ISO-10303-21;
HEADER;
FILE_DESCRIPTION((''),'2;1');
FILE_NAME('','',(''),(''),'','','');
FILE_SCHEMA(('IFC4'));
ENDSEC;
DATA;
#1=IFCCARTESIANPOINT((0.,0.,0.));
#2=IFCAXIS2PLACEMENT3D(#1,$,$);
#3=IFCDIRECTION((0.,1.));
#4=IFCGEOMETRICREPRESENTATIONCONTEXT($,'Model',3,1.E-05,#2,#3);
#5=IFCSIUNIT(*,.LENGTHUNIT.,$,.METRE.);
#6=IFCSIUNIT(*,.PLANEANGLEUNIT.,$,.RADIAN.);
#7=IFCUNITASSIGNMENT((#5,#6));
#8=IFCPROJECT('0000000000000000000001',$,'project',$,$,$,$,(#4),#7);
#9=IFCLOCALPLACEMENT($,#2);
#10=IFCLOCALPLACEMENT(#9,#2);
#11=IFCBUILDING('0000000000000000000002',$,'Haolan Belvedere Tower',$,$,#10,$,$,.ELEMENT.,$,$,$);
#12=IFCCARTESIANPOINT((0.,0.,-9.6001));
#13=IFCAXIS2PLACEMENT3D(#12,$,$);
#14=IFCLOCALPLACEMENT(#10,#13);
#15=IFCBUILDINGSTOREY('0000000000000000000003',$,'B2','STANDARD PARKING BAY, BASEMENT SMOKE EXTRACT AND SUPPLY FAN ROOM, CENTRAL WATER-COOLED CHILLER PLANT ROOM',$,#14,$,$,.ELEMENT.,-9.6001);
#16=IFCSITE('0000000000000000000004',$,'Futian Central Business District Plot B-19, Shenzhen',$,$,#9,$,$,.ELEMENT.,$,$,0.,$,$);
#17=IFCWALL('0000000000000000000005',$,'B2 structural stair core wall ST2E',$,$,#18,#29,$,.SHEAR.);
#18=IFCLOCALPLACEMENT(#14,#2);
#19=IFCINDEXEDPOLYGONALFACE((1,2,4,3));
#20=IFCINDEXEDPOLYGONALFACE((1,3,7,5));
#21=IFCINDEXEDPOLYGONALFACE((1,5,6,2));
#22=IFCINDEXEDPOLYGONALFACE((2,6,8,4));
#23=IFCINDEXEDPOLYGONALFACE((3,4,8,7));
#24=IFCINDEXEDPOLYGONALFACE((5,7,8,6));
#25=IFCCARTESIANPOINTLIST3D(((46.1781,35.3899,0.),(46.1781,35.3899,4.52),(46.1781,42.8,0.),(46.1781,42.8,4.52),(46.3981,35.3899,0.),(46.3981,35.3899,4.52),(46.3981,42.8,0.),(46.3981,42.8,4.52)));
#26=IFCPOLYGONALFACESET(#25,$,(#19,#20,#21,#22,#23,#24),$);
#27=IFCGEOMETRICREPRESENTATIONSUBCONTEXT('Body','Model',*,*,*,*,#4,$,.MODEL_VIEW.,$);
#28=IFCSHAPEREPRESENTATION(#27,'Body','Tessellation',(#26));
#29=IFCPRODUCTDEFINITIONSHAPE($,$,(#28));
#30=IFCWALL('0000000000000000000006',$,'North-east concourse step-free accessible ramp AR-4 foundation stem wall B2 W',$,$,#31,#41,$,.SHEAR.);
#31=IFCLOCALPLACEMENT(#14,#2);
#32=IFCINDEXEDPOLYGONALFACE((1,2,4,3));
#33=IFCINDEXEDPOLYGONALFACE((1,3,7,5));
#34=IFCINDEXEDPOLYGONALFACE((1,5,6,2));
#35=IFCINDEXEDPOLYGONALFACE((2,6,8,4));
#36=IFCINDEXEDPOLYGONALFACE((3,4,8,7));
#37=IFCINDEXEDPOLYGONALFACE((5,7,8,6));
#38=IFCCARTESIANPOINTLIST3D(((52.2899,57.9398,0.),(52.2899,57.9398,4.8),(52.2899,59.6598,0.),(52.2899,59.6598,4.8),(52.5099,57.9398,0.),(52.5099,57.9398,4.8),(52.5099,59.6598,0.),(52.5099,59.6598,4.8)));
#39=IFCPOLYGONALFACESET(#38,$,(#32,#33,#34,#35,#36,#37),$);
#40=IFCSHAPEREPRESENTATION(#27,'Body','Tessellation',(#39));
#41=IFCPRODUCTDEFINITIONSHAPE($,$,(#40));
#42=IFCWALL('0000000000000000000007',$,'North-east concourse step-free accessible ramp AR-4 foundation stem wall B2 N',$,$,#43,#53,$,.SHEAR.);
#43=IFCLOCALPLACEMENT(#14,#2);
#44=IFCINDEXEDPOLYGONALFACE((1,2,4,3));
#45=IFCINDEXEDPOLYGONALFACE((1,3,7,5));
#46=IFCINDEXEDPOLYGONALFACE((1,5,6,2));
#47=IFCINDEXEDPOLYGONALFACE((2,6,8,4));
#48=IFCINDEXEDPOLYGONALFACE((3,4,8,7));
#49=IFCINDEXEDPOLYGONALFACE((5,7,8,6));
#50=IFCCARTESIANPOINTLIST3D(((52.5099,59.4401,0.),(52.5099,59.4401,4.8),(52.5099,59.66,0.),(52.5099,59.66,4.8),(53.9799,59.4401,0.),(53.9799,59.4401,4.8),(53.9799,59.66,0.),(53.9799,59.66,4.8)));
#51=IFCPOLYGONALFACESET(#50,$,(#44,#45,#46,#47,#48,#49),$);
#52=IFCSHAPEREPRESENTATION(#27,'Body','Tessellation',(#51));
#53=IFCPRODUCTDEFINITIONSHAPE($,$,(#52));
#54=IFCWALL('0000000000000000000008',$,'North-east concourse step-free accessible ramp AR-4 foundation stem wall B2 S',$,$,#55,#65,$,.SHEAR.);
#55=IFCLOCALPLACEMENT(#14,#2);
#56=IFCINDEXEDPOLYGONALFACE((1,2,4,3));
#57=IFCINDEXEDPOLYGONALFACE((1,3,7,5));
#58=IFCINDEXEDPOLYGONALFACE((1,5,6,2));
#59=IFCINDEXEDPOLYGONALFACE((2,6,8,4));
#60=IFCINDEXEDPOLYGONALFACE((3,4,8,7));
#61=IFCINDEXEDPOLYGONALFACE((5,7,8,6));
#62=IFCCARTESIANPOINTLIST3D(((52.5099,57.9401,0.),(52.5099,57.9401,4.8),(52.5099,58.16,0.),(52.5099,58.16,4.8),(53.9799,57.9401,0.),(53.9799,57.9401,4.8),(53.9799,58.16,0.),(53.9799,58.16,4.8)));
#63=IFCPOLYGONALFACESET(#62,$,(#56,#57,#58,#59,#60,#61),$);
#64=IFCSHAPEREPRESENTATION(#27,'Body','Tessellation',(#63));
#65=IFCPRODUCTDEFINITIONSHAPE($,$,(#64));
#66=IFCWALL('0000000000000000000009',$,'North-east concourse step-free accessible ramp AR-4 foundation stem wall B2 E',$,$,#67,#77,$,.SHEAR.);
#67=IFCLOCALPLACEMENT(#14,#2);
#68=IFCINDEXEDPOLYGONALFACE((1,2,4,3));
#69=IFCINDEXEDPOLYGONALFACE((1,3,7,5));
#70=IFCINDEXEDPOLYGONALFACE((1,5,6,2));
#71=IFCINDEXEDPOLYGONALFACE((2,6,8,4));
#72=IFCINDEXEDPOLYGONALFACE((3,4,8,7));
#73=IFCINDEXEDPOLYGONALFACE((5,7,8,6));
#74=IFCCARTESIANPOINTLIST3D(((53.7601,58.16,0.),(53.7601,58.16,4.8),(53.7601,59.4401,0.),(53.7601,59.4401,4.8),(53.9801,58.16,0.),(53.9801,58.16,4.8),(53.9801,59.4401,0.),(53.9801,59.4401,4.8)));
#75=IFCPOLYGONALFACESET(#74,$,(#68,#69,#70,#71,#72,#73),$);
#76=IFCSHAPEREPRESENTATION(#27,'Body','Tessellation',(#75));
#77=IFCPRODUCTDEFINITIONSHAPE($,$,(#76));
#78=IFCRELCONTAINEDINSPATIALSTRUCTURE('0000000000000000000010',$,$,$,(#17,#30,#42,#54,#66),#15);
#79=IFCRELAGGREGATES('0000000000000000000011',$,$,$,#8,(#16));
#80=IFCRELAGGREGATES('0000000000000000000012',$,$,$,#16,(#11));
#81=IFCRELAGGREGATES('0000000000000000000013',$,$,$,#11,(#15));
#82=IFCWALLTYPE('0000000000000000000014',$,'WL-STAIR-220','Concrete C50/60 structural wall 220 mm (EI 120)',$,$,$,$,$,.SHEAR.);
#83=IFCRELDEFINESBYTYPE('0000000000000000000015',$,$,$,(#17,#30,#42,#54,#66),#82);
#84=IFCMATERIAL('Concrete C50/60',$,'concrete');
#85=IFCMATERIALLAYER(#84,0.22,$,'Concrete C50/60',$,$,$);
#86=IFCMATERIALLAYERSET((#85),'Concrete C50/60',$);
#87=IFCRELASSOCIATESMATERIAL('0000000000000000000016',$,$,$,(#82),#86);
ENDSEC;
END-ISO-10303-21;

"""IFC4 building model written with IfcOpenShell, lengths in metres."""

from ifc_helpers import new_model, si_unit, direction, frame, frame_2d, origin, place, context, subcontext, project, spatial, rectangle, extrude, material, layer, layer_set, type_object, element, save


model = new_model("IFC4")

# Units and contexts
model_context = context("Model", 3, precision=1e-05, world=origin(), true_north=direction((0.0, 1.0)))
body_context = subcontext(model_context, "Body", "Model", "MODEL_VIEW")
ifc_project = project(units=[si_unit("LENGTHUNIT", "METRE"), si_unit("PLANEANGLEUNIT", "RADIAN")], contexts=[model_context])

# Site, building, storey
site_placement = place(None, origin())
site = spatial("IfcSite", under=ifc_project, at=site_placement, Name="Futian Central Business District Plot B-19, Shenzhen", CompositionType="ELEMENT", RefElevation=0.0)
building_placement = place(site_placement, origin())
building = spatial("IfcBuilding", under=site, at=building_placement, Name="Haolan Belvedere Tower", CompositionType="ELEMENT")
storey_placement = place(building_placement, frame((0.0, 0.0, -9.6001)))
storey = spatial("IfcBuildingStorey", under=building, at=storey_placement, Name="B2", Description="STANDARD PARKING BAY, BASEMENT SMOKE EXTRACT AND SUPPLY FAN ROOM, CENTRAL WATER-COOLED CHILLER PLANT ROOM", CompositionType="ELEMENT", Elevation=-9.6001)

# Shared definitions
ifc_material_1 = material(Name="Concrete C50/60", Category="concrete")

# Walls
ifc_layer_1 = layer(ifc_material_1, 0.22, Name="Concrete C50/60")
ifc_layer_set_1 = layer_set([ifc_layer_1], Name="Concrete C50/60")
wall_type = type_object("IfcWallType", Name="WL-STAIR-220", Description="Concrete C50/60 structural wall 220 mm (EI 120)", PredefinedType="SHEAR", material=ifc_layer_set_1)
wall_1_placement = place(storey_placement, frame((46.2881, 35.3899, 0.0), z_axis=(0.0, 0.0, 1.0), x_axis=(0.0, 1.0, 0.0)))
element("IfcWall", 1, at=wall_1_placement, inside=storey, type_object=wall_type, Name="B2 structural stair core wall ST2E", PredefinedType="SHEAR", context=body_context, shape_type="SweptSolid", body=[
    extrude(rectangle(XDim=7.4102, YDim=0.22, at=frame_2d((3.7051, 0.0))), origin(), (0.0, 0.0, 1.0), 4.52),
])
wall_2_placement = place(storey_placement, frame((52.3999, 57.9399, 0.0), z_axis=(0.0, 0.0, 1.0), x_axis=(0.0, 1.0, 0.0)))
element("IfcWall", 2, at=wall_2_placement, inside=storey, type_object=wall_type, Name="North-east concourse step-free accessible ramp AR-4 foundation stem wall B2 W", PredefinedType="SHEAR", context=body_context, shape_type="SweptSolid", body=[
    extrude(rectangle(XDim=1.72, YDim=0.22, at=frame_2d((0.8599, 0.0))), origin(), (0.0, 0.0, 1.0), 4.8),
])
for number, where, z_axis, x_axis, name in (
    (3, (52.51, 59.55, 0.0), (0.0, 0.0, 1.0), (1.0, 0.0, 0.0), "North-east concourse step-free accessible ramp AR-4 foundation stem wall B2 N"),
    (4, (52.51, 58.05, 0.0), (0.0, 0.0, 1.0), (1.0, 0.0, 0.0), "North-east concourse step-free accessible ramp AR-4 foundation stem wall B2 S"),
):
    element("IfcWall", number, at=place(storey_placement, frame(where, z_axis=z_axis, x_axis=x_axis)), inside=storey, type_object=wall_type, Name=name, PredefinedType="SHEAR", context=body_context, shape_type="SweptSolid", body=[
        extrude(rectangle(XDim=1.47, YDim=0.22, at=frame_2d((0.7349, 0.0))), origin(), (0.0, 0.0, 1.0), 4.8),
    ])
wall_3_placement = place(storey_placement, frame((53.8701, 58.1599, 0.0), z_axis=(0.0, 0.0, 1.0), x_axis=(0.0, 1.0, 0.0)))
element("IfcWall", 5, at=wall_3_placement, inside=storey, type_object=wall_type, Name="North-east concourse step-free accessible ramp AR-4 foundation stem wall B2 E", PredefinedType="SHEAR", context=body_context, shape_type="SweptSolid", body=[
    extrude(rectangle(XDim=1.28, YDim=0.22, at=frame_2d((0.6401, 0.0))), origin(), (0.0, 0.0, 1.0), 4.8),
])

save(model, "model.ifc")
